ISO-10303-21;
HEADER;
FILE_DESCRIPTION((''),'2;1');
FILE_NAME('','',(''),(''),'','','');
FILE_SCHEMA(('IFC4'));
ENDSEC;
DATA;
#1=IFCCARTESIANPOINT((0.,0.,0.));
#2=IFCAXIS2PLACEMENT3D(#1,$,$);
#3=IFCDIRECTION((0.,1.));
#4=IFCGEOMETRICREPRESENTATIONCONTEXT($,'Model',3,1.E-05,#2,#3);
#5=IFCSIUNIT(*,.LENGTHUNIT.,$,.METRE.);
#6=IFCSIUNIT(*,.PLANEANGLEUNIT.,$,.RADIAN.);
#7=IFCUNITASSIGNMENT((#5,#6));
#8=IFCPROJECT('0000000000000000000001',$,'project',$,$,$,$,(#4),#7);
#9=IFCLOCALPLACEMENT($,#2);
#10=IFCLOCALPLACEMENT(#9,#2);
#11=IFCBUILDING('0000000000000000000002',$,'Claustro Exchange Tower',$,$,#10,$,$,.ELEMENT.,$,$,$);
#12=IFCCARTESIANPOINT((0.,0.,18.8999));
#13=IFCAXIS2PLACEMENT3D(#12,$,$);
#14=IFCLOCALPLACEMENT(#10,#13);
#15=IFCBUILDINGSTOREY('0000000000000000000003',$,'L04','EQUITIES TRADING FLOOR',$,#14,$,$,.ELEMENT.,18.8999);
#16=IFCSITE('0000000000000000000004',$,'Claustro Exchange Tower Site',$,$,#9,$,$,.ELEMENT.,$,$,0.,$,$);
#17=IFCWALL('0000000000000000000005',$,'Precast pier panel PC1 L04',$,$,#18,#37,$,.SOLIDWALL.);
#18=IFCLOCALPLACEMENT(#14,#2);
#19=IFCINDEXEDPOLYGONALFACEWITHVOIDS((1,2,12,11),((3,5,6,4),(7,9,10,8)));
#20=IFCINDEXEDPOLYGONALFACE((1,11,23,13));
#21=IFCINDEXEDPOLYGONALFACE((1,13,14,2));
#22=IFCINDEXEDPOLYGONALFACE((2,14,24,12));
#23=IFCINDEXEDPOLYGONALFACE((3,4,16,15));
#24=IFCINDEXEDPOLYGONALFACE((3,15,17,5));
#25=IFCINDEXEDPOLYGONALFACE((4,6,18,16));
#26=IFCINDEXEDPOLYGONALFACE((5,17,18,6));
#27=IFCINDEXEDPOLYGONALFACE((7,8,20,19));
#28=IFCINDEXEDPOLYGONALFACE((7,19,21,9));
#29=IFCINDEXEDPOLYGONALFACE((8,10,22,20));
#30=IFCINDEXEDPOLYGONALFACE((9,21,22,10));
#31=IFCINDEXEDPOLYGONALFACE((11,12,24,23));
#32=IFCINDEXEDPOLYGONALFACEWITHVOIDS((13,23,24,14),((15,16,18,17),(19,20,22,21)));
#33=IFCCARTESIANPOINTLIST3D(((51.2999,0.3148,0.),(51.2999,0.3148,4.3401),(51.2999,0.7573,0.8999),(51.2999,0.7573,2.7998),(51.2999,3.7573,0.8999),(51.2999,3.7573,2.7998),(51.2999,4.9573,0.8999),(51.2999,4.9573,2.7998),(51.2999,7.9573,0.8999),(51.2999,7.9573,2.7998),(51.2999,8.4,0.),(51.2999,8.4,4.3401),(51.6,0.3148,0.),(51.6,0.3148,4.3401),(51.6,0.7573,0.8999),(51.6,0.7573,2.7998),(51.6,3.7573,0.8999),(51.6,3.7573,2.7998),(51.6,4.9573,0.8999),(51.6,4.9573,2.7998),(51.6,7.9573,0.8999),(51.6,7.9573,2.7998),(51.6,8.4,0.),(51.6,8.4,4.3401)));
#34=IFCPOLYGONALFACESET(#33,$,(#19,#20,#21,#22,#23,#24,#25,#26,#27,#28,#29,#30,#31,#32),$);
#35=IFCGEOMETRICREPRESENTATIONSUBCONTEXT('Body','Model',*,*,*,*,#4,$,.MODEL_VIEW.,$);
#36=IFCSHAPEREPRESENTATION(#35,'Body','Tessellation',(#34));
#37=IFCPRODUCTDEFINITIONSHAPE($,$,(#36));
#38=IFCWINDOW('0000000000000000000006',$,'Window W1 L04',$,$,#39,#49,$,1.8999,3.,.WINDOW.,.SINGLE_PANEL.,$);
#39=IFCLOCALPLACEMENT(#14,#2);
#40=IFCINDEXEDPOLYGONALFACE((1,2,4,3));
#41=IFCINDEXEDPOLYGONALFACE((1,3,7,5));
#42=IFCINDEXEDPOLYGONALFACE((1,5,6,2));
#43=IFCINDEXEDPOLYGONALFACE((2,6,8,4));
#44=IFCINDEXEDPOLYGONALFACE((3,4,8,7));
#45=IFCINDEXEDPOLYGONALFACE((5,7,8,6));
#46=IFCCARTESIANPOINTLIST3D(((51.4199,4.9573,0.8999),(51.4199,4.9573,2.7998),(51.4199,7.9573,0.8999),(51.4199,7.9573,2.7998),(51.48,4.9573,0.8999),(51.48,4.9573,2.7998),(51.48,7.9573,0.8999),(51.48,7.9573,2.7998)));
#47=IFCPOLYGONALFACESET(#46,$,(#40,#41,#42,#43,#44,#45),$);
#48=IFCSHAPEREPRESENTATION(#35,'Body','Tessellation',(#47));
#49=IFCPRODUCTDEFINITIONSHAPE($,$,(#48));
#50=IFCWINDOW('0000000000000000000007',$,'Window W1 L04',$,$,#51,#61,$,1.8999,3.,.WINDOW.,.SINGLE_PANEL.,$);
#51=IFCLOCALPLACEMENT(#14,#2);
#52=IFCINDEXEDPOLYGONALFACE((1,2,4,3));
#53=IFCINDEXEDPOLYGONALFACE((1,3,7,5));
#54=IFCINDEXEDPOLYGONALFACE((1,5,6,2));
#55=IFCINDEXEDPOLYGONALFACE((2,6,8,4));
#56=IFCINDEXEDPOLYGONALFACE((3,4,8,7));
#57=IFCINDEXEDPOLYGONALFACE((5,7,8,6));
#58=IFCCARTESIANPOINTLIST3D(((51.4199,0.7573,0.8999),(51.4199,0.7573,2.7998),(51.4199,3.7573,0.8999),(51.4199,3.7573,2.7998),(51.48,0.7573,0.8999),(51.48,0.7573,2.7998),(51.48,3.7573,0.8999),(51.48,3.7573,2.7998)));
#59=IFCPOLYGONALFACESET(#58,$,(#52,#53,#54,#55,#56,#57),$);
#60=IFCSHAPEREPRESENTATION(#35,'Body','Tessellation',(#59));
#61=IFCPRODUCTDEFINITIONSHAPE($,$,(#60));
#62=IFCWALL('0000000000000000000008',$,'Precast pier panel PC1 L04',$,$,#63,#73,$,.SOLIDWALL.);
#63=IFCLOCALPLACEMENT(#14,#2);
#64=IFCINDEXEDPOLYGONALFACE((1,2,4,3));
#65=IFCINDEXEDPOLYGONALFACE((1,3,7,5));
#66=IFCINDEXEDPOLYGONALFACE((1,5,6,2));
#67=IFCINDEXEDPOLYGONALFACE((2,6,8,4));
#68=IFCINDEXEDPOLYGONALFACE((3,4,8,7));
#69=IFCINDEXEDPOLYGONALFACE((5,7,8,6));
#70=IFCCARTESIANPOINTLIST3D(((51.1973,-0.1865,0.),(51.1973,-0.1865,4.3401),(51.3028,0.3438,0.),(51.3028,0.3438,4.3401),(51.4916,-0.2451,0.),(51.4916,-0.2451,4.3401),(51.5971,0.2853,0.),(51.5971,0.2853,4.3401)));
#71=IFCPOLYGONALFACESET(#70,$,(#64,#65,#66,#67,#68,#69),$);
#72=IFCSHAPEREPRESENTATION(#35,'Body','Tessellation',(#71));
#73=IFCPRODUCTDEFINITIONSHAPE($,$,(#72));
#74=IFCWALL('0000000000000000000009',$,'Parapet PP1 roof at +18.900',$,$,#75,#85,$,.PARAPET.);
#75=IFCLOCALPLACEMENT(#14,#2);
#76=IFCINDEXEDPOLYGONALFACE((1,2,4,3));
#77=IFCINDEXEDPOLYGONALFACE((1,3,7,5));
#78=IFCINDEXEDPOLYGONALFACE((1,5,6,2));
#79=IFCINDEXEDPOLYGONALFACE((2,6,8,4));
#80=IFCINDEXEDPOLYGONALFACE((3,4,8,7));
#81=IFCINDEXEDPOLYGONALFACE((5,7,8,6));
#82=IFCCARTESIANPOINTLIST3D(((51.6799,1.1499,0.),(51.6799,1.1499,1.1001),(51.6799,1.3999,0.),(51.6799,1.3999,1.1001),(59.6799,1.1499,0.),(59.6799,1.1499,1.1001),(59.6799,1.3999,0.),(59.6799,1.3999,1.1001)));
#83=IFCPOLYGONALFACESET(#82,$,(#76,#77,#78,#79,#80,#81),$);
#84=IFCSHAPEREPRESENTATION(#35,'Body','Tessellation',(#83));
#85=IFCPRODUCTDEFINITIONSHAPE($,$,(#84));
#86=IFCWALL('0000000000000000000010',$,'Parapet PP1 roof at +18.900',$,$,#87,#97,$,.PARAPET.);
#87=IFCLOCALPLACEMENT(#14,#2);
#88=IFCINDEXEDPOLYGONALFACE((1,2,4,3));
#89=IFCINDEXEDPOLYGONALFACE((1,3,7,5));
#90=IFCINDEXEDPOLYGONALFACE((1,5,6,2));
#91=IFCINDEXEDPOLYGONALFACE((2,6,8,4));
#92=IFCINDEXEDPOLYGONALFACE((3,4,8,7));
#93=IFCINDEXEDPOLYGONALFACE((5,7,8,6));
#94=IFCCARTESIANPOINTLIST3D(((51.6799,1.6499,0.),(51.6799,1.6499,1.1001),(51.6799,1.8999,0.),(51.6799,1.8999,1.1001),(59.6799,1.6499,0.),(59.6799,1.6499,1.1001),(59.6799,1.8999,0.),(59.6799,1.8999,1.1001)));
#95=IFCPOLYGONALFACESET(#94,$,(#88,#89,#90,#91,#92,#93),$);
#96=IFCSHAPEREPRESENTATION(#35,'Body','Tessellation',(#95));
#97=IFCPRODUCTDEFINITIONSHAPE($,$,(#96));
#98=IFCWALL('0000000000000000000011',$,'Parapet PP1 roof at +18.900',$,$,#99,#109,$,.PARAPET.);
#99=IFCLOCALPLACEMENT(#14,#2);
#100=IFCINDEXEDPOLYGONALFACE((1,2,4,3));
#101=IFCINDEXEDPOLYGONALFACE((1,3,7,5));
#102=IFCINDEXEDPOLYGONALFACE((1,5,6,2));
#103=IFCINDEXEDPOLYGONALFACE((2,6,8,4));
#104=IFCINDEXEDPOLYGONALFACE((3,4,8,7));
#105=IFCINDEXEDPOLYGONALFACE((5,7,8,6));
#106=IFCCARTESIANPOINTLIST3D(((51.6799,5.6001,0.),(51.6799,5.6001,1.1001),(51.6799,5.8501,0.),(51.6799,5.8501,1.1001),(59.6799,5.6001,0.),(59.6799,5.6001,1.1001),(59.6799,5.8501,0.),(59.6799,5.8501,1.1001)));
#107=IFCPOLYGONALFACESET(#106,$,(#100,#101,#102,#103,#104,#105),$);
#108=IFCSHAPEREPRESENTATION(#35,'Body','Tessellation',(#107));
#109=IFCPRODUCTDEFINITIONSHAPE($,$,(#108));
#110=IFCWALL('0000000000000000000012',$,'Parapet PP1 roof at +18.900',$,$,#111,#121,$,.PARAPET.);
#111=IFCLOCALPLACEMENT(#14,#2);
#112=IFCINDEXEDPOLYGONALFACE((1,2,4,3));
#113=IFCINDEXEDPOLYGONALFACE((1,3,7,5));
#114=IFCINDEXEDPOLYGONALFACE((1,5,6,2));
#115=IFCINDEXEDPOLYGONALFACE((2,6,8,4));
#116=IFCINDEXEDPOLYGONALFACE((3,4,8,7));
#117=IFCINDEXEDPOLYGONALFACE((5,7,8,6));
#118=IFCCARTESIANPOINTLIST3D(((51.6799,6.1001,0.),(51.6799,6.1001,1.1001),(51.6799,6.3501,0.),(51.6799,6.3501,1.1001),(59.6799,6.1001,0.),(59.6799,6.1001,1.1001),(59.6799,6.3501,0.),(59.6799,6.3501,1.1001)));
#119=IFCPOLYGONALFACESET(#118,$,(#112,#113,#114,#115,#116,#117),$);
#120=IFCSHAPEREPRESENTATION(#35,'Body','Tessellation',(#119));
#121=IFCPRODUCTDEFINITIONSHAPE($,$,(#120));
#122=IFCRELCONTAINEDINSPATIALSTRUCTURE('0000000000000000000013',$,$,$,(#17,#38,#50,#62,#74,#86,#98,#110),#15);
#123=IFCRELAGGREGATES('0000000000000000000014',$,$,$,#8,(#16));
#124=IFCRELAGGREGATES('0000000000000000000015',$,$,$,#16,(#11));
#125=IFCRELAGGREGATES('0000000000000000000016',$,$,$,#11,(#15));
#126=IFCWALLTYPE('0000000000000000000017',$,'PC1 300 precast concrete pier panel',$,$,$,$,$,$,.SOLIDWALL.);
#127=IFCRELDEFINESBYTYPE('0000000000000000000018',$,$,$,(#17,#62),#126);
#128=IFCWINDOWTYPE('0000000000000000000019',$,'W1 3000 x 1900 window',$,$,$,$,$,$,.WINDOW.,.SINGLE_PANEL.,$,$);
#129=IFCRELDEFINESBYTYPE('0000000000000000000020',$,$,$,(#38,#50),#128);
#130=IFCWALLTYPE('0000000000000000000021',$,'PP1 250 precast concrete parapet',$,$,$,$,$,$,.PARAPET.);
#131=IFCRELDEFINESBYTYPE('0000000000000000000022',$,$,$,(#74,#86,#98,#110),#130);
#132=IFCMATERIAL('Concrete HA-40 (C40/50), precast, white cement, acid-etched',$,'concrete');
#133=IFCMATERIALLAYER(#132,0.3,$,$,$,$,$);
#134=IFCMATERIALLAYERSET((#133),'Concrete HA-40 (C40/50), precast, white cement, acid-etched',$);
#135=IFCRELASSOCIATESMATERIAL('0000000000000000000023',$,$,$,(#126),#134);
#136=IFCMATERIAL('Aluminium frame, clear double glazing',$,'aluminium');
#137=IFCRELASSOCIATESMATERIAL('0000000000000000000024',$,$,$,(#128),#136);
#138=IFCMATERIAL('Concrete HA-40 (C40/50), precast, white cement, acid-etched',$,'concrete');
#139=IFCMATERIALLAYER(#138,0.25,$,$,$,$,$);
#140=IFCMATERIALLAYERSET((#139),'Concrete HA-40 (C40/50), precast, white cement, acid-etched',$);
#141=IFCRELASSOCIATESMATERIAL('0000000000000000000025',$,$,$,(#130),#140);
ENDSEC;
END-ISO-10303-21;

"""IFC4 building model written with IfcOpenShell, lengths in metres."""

from ifc_helpers import new_model, si_unit, direction, frame, frame_2d, origin, place, context, subcontext, project, spatial, rectangle, extrude, material, layer, layer_set, type_object, element, fill, save


model = new_model("IFC4")

# Units and contexts
model_context = context("Model", 3, precision=1e-05, world=origin(), true_north=direction((0.0, 1.0)))
body_context = subcontext(model_context, "Body", "Model", "MODEL_VIEW")
ifc_project = project(units=[si_unit("LENGTHUNIT", "METRE"), si_unit("PLANEANGLEUNIT", "RADIAN")], contexts=[model_context])

# Site, building, storey
site_placement = place(None, origin())
site = spatial("IfcSite", under=ifc_project, at=site_placement, Name="Claustro Exchange Tower Site", CompositionType="ELEMENT", RefElevation=0.0)
building_placement = place(site_placement, origin())
building = spatial("IfcBuilding", under=site, at=building_placement, Name="Claustro Exchange Tower", CompositionType="ELEMENT")
storey_placement = place(building_placement, frame((0.0, 0.0, 18.8999)))
storey = spatial("IfcBuildingStorey", under=building, at=storey_placement, Name="L04", Description="EQUITIES TRADING FLOOR", CompositionType="ELEMENT", Elevation=18.8999)

# Wall, openings, windows
ifc_material_1 = material(Name="Concrete HA-40 (C40/50), precast, white cement, acid-etched", Category="concrete")
ifc_layer_1 = layer(ifc_material_1, 0.3)
ifc_layer_set_1 = layer_set([ifc_layer_1], Name="Concrete HA-40 (C40/50), precast, white cement, acid-etched")
wall_type_1 = type_object("IfcWallType", Name="PC1 300 precast concrete pier panel", PredefinedType="SOLIDWALL", material=ifc_layer_set_1)
wall_1_placement = place(storey_placement, frame((51.45, 8.3999, 0.0), z_axis=(0.0, 0.0, 1.0), x_axis=(0.0, -1.0, 0.0)))
wall_1 = element("IfcWall", 1, at=wall_1_placement, inside=storey, type_object=wall_type_1, Name="Precast pier panel PC1 L04", PredefinedType="SOLIDWALL", context=body_context, shape_type="SweptSolid", body=[
    extrude(rectangle(XDim=8.0852, YDim=0.3, at=frame_2d((4.0425, 0.0))), origin(), (0.0, 0.0, 1.0), 4.3401),
])
opening_1_placement = place(wall_1_placement, frame((0.4426, 0.0, 0.8999)))
opening_1 = element("IfcOpeningElement", 2, at=opening_1_placement, cuts=wall_1, PredefinedType="OPENING", context=body_context, shape_type="SweptSolid", body=[
    extrude(rectangle(XDim=3.0, YDim=1.8999, at=frame_2d((1.5, 0.95))), frame((0.0, 0.1599, 0.0), z_axis=(0.0, -1.0, 0.0), x_axis=(1.0, 0.0, 0.0)), (0.0, 0.0, 1.0), 0.3201),
])
opening_2_placement = place(wall_1_placement, frame((4.6426, 0.0, 0.8999)))
opening_2 = element("IfcOpeningElement", 3, at=opening_2_placement, cuts=wall_1, PredefinedType="OPENING", context=body_context, shape_type="SweptSolid", body=[
    extrude(rectangle(XDim=3.0, YDim=1.8999, at=frame_2d((1.5, 0.95))), frame((0.0, 0.1599, 0.0), z_axis=(0.0, -1.0, 0.0), x_axis=(1.0, 0.0, 0.0)), (0.0, 0.0, 1.0), 0.3201),
])
ifc_material_2 = material(Name="Aluminium frame, clear double glazing", Category="aluminium")
window_type = type_object("IfcWindowType", Name="W1 3000 x 1900 window", PartitioningType="SINGLE_PANEL", PredefinedType="WINDOW", material=ifc_material_2)
window_1_placement = place(opening_1_placement, origin())
window_1 = element("IfcWindow", 4, at=window_1_placement, inside=storey, type_object=window_type, Name="Window W1 L04", OverallHeight=1.8999, OverallWidth=3.0, PartitioningType="SINGLE_PANEL", PredefinedType="WINDOW", context=body_context, shape_type="SweptSolid", body=[
    extrude(rectangle(XDim=3.0, YDim=1.8999, at=frame_2d((1.5, 0.95))), frame((0.0, 0.03, 0.0), z_axis=(0.0, -1.0, 0.0), x_axis=(1.0, 0.0, 0.0)), (0.0, 0.0, 1.0), 0.0601),
])
fill(opening_1, window_1)
window_2_placement = place(opening_2_placement, origin())
window_2 = element("IfcWindow", 5, at=window_2_placement, inside=storey, type_object=window_type, Name="Window W1 L04", OverallHeight=1.8999, OverallWidth=3.0, PartitioningType="SINGLE_PANEL", PredefinedType="WINDOW", context=body_context, shape_type="SweptSolid", body=[
    extrude(rectangle(XDim=3.0, YDim=1.8999, at=frame_2d((1.5, 0.95))), frame((0.0, 0.03, 0.0), z_axis=(0.0, -1.0, 0.0), x_axis=(1.0, 0.0, 0.0)), (0.0, 0.0, 1.0), 0.0601),
])
fill(opening_2, window_2)

# Walls
wall_2_placement = place(storey_placement, frame((51.45, 0.3147, 0.0), z_axis=(0.0, 0.0, 1.0), x_axis=(-0.195074, -0.980789, 0.0)))
element("IfcWall", 6, at=wall_2_placement, inside=storey, type_object=wall_type_1, Name="Precast pier panel PC1 L04", PredefinedType="SOLIDWALL", context=body_context, shape_type="SweptSolid", body=[
    extrude(rectangle(XDim=0.5408, YDim=0.3, at=frame_2d((0.2705, 0.0))), origin(), (0.0, 0.0, 1.0), 4.3401),
])
ifc_material_3 = material(Name="Concrete HA-40 (C40/50), precast, white cement, acid-etched", Category="concrete")
ifc_layer_2 = layer(ifc_material_3, 0.25)
ifc_layer_set_2 = layer_set([ifc_layer_2], Name="Concrete HA-40 (C40/50), precast, white cement, acid-etched")
wall_type_2 = type_object("IfcWallType", Name="PP1 250 precast concrete parapet", PredefinedType="PARAPET", material=ifc_layer_set_2)
for number, where, z_axis, x_axis, name in (
    (7, (51.6799, 1.2749, 0.0), (0.0, 0.0, 1.0), (1.0, 0.0, 0.0), "Parapet PP1 roof at +18.900"),
    (8, (59.6799, 1.7749, 0.0), (0.0, 0.0, 1.0), (-1.0, 0.0, 0.0), "Parapet PP1 roof at +18.900"),
    (9, (51.6799, 5.7251, 0.0), (0.0, 0.0, 1.0), (1.0, 0.0, 0.0), "Parapet PP1 roof at +18.900"),
    (10, (59.6799, 6.2251, 0.0), (0.0, 0.0, 1.0), (-1.0, 0.0, 0.0), "Parapet PP1 roof at +18.900"),
):
    element("IfcWall", number, at=place(storey_placement, frame(where, z_axis=z_axis, x_axis=x_axis)), inside=storey, type_object=wall_type_2, Name=name, PredefinedType="PARAPET", context=body_context, shape_type="SweptSolid", body=[
        extrude(rectangle(XDim=8.0, YDim=0.25, at=frame_2d((4.0, 0.0))), origin(), (0.0, 0.0, 1.0), 1.1001),
    ])

save(model, "model.ifc")
